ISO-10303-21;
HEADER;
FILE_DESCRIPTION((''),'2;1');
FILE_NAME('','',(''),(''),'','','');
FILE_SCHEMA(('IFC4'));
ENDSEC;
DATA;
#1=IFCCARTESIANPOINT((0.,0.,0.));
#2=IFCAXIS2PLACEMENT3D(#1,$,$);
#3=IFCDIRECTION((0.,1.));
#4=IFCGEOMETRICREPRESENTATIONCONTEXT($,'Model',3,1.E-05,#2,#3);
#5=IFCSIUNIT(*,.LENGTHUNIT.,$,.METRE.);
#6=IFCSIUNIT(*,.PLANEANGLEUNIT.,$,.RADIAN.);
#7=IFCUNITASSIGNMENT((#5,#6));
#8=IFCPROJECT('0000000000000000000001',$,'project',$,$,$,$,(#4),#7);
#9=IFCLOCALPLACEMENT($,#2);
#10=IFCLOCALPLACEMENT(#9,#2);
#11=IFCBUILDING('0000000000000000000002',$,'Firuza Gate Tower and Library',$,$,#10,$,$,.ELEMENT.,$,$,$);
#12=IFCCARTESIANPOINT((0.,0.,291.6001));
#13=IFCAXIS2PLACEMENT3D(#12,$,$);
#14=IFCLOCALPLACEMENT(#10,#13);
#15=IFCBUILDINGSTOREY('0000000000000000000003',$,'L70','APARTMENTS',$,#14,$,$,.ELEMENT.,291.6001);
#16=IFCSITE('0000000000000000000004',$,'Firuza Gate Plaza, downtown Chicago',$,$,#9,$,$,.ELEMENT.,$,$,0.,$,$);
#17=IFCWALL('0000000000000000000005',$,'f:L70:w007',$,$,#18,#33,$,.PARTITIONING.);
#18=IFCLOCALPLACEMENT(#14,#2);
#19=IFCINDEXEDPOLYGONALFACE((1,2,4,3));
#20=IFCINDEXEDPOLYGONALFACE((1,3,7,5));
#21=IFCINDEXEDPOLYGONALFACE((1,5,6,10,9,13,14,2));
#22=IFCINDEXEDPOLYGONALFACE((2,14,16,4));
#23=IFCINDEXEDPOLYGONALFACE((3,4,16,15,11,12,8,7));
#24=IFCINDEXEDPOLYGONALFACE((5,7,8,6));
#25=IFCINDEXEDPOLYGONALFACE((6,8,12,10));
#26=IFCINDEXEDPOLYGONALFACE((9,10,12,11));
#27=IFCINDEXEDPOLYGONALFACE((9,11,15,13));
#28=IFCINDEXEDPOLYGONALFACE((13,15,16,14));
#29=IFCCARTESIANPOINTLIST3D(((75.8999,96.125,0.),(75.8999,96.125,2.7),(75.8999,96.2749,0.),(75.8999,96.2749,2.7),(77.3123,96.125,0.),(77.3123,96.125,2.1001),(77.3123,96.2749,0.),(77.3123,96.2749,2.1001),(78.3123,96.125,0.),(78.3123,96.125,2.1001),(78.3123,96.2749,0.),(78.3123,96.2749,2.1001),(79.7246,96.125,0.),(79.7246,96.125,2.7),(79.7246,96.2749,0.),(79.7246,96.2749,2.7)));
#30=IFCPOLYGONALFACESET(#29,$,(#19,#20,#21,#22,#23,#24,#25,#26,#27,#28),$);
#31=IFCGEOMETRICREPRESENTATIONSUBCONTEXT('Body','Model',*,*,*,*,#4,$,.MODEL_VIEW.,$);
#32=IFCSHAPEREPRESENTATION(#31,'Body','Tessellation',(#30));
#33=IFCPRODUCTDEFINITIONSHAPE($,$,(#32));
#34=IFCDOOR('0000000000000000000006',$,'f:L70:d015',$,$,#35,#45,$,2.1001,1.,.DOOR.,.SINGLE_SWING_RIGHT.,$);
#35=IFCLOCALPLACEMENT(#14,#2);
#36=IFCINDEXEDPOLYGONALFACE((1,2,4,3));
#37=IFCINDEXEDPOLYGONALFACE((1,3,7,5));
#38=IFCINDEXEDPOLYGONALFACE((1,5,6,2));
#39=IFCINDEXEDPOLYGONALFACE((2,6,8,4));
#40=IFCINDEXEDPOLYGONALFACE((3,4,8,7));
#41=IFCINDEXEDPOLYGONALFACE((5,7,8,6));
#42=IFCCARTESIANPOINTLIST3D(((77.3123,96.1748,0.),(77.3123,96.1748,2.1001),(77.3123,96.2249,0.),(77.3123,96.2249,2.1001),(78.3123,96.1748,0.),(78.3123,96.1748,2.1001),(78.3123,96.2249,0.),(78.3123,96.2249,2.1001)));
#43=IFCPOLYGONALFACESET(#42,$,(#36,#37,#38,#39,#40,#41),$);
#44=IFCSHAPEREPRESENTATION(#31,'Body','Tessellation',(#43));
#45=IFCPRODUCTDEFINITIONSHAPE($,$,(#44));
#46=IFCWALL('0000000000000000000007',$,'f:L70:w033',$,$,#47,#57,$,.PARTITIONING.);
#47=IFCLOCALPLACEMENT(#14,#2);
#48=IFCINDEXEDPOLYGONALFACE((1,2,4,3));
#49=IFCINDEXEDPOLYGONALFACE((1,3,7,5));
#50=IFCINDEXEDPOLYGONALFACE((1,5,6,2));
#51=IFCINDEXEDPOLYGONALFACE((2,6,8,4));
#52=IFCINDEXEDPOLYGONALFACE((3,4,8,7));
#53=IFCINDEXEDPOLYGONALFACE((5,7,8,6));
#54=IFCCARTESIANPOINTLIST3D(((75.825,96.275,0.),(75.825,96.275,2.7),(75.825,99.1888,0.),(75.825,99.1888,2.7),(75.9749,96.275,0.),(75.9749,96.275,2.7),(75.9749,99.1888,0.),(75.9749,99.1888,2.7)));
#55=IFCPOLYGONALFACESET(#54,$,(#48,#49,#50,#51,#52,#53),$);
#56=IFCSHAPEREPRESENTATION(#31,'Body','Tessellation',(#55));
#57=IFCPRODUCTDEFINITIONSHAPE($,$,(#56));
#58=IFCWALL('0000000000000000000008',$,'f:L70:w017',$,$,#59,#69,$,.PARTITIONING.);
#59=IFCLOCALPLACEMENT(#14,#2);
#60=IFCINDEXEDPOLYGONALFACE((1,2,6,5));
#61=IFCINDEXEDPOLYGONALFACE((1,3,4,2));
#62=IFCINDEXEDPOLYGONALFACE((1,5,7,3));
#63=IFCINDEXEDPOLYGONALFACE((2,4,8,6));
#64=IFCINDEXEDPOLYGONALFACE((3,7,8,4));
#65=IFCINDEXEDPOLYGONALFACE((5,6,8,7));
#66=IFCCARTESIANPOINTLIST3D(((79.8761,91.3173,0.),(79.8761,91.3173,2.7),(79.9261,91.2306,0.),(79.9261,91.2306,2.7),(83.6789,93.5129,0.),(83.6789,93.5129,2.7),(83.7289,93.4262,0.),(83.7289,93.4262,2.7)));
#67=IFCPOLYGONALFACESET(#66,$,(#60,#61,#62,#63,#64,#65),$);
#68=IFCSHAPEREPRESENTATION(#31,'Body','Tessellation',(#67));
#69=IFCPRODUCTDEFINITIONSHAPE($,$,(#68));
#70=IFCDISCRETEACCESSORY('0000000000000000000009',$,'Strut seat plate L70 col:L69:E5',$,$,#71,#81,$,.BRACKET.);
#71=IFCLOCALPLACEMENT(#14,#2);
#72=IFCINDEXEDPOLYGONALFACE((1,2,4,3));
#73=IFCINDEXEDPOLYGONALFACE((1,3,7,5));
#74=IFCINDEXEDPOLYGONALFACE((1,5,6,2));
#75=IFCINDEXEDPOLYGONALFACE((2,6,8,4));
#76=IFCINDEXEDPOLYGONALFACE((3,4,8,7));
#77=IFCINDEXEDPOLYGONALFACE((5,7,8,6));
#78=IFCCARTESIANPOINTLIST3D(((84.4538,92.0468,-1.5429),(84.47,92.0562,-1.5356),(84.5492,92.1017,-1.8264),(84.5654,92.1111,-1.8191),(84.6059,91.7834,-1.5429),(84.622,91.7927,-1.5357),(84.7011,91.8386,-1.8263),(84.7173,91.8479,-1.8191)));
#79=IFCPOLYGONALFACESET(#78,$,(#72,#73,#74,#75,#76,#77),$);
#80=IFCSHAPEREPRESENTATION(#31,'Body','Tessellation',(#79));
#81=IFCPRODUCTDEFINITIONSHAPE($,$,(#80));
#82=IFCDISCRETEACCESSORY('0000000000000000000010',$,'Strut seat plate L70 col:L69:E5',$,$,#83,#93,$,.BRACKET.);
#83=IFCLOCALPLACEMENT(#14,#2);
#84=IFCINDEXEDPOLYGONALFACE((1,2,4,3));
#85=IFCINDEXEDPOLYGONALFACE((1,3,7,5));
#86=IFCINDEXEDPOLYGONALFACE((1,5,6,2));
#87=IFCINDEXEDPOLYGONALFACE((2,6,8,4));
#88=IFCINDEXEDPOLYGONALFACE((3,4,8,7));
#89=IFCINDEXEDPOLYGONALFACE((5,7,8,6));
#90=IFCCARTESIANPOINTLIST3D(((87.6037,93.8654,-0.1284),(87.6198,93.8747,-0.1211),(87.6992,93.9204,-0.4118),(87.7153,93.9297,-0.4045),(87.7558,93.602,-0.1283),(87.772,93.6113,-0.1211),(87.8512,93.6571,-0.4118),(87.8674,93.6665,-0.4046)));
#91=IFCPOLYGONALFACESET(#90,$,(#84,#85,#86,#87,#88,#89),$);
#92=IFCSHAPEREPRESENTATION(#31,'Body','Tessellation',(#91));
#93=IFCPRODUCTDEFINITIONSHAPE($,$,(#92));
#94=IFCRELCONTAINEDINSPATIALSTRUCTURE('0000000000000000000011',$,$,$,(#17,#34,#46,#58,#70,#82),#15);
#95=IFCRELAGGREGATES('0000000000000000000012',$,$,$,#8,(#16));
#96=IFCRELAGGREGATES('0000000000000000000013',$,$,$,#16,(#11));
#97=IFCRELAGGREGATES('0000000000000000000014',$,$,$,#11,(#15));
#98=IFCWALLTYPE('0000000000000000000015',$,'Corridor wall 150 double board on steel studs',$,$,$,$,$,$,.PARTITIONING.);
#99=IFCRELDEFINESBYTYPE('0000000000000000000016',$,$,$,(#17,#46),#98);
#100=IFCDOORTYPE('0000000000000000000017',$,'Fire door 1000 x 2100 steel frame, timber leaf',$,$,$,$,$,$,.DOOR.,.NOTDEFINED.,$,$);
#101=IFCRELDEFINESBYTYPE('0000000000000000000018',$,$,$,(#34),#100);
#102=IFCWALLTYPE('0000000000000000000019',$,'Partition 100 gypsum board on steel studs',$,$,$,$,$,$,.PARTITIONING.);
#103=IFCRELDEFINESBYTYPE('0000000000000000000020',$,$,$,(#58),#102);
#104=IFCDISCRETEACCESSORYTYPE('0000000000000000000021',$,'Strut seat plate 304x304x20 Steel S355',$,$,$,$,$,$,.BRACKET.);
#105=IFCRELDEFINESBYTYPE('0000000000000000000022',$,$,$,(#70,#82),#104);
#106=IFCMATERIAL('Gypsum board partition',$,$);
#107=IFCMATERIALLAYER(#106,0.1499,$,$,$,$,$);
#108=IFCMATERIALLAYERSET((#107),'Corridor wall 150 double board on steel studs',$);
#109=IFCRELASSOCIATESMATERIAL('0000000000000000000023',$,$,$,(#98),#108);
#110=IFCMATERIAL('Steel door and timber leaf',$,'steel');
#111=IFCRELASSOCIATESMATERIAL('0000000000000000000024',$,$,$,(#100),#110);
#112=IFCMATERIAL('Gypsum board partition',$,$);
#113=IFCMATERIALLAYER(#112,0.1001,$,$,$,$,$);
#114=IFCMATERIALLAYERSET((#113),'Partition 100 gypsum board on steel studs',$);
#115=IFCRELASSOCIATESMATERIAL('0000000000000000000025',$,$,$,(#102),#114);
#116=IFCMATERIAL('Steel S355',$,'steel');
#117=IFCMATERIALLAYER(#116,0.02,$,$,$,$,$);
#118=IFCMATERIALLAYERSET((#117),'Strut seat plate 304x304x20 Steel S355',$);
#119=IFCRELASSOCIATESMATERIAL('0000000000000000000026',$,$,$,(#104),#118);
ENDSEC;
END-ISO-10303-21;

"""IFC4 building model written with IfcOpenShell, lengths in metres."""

from ifc_helpers import new_model, si_unit, direction, frame, frame_2d, origin, place, context, subcontext, project, spatial, polyline, rectangle, outline, extrude, material, layer, layer_set, type_object, element, fill, save


model = new_model("IFC4")

# Units and contexts
model_context = context("Model", 3, precision=1e-05, world=origin(), true_north=direction((0.0, 1.0)))
body_context = subcontext(model_context, "Body", "Model", "MODEL_VIEW")
ifc_project = project(units=[si_unit("LENGTHUNIT", "METRE"), si_unit("PLANEANGLEUNIT", "RADIAN")], contexts=[model_context])

# Site, building, storey
site_placement = place(None, origin())
site = spatial("IfcSite", under=ifc_project, at=site_placement, Name="Firuza Gate Plaza, downtown Chicago", CompositionType="ELEMENT", RefElevation=0.0)
building_placement = place(site_placement, origin())
building = spatial("IfcBuilding", under=site, at=building_placement, Name="Firuza Gate Tower and Library", CompositionType="ELEMENT")
storey_placement = place(building_placement, frame((0.0, 0.0, 291.6001)))
storey = spatial("IfcBuildingStorey", under=building, at=storey_placement, Name="L70", Description="APARTMENTS", CompositionType="ELEMENT", Elevation=291.6001)

# Wall, opening, door
ifc_material_1 = material(Name="Gypsum board partition")
ifc_layer_1 = layer(ifc_material_1, 0.1499)
ifc_layer_set_1 = layer_set([ifc_layer_1], Name="Corridor wall 150 double board on steel studs")
wall_type_1 = type_object("IfcWallType", Name="Corridor wall 150 double board on steel studs", PredefinedType="PARTITIONING", material=ifc_layer_set_1)
wall_1_placement = place(storey_placement, frame((75.8999, 96.2, 0.0), z_axis=(0.0, 0.0, 1.0), x_axis=(1.0, 0.0, 0.0)))
wall_1 = element("IfcWall", 1, at=wall_1_placement, inside=storey, type_object=wall_type_1, Name="f:L70:w007", PredefinedType="PARTITIONING", context=body_context, shape_type="SweptSolid", body=[
    extrude(rectangle(XDim=3.8247, YDim=0.1499, at=frame_2d((1.9124, 0.0))), origin(), (0.0, 0.0, 1.0), 2.7),
])
opening_1_placement = place(wall_1_placement, frame((1.4124, 0.0, 0.0)))
opening_1 = element("IfcOpeningElement", 2, at=opening_1_placement, cuts=wall_1, PredefinedType="OPENING", context=body_context, shape_type="SweptSolid", body=[
    extrude(rectangle(XDim=1.0, YDim=2.1001, at=frame_2d((0.5, 1.05))), frame((0.0, 0.085, 0.0), z_axis=(0.0, -1.0, 0.0), x_axis=(1.0, 0.0, 0.0)), (0.0, 0.0, 1.0), 0.1699),
])
ifc_material_2 = material(Name="Steel door and timber leaf", Category="steel")
door_type_1 = type_object("IfcDoorType", Name="Fire door 1000 x 2100 steel frame, timber leaf", OperationType="NOTDEFINED", PredefinedType="DOOR", material=ifc_material_2)
door_1_placement = place(opening_1_placement, origin())
door_1 = element("IfcDoor", 3, at=door_1_placement, inside=storey, type_object=door_type_1, Name="f:L70:d015", OperationType="SINGLE_SWING_RIGHT", OverallHeight=2.1001, OverallWidth=1.0, PredefinedType="DOOR", context=body_context, shape_type="SweptSolid", body=[
    extrude(rectangle(XDim=1.0, YDim=2.1001, at=frame_2d((0.5, 1.05))), frame((0.0, 0.0249, 0.0), z_axis=(0.0, -1.0, 0.0), x_axis=(1.0, 0.0, 0.0)), (0.0, 0.0, 1.0), 0.05),
])
fill(opening_1, door_1)

# Walls
wall_2_placement = place(storey_placement, frame((75.8999, 96.2749, 0.0), z_axis=(0.0, 0.0, 1.0), x_axis=(0.0, 1.0, 0.0)))
element("IfcWall", 4, at=wall_2_placement, inside=storey, type_object=wall_type_1, Name="f:L70:w033", PredefinedType="PARTITIONING", context=body_context, shape_type="SweptSolid", body=[
    extrude(rectangle(XDim=2.9138, YDim=0.1499, at=frame_2d((1.457, 0.0))), origin(), (0.0, 0.0, 1.0), 2.7),
])
ifc_material_3 = material(Name="Gypsum board partition")
ifc_layer_2 = layer(ifc_material_3, 0.1001)
ifc_layer_set_2 = layer_set([ifc_layer_2], Name="Partition 100 gypsum board on steel studs")
wall_type_2 = type_object("IfcWallType", Name="Partition 100 gypsum board on steel studs", PredefinedType="PARTITIONING", material=ifc_layer_set_2)
wall_3_placement = place(storey_placement, frame((79.9011, 91.2739, 0.0), z_axis=(0.0, 0.0, 1.0), x_axis=(0.866021, 0.500008, 0.0)))
element("IfcWall", 5, at=wall_3_placement, inside=storey, type_object=wall_type_2, Name="f:L70:w017", PredefinedType="PARTITIONING", context=body_context, shape_type="SweptSolid", body=[
    extrude(rectangle(XDim=4.3911, YDim=0.1001, at=frame_2d((2.1956, 0.0))), origin(), (0.0, 0.0, 1.0), 2.7),
])

# Discrete accessories
ifc_material_4 = material(Name="Steel S355", Category="steel")
ifc_layer_3 = layer(ifc_material_4, 0.02)
ifc_layer_set_3 = layer_set([ifc_layer_3], Name="Strut seat plate 304x304x20 Steel S355")
discrete_accessory_type = type_object("IfcDiscreteAccessoryType", Name="Strut seat plate 304x304x20 Steel S355", PredefinedType="BRACKET", material=ifc_layer_set_3)
discrete_accessory_1_placement = place(storey_placement, frame((84.47, 92.0562, -1.5356), z_axis=(0.807329, 0.465982, 0.362051), x_axis=(0.499913, -0.866076, -0.00005)))
element("IfcDiscreteAccessory", 6, at=discrete_accessory_1_placement, inside=storey, type_object=discrete_accessory_type, Name="Strut seat plate L70 col:L69:E5", PredefinedType="BRACKET", context=body_context, shape_type="SweptSolid", body=[
    extrude(outline(polyline([(0.0, 0.0), (0.3042, 0.0), (0.304, 0.3041), (0.0002, 0.3041), (0.0, 0.0)])), origin(), (0.0, 0.0, -1.0), 0.02),
])
discrete_accessory_2_placement = place(storey_placement, frame((87.772, 93.6113, -0.1211), z_axis=(0.807065, 0.466204, 0.362353), x_axis=(-0.500175, 0.865925, -0.000068)))
element("IfcDiscreteAccessory", 7, at=discrete_accessory_2_placement, inside=storey, type_object=discrete_accessory_type, Name="Strut seat plate L70 col:L69:E5", PredefinedType="BRACKET", context=body_context, shape_type="SweptSolid", body=[
    extrude(outline(polyline([(0.0, 0.0), (0.3042, 0.0), (0.304, -0.3041), (0.0001, -0.3041), (0.0, 0.0)])), origin(), (0.0, 0.0, -1.0), 0.02),
])

save(model, "model.ifc")
